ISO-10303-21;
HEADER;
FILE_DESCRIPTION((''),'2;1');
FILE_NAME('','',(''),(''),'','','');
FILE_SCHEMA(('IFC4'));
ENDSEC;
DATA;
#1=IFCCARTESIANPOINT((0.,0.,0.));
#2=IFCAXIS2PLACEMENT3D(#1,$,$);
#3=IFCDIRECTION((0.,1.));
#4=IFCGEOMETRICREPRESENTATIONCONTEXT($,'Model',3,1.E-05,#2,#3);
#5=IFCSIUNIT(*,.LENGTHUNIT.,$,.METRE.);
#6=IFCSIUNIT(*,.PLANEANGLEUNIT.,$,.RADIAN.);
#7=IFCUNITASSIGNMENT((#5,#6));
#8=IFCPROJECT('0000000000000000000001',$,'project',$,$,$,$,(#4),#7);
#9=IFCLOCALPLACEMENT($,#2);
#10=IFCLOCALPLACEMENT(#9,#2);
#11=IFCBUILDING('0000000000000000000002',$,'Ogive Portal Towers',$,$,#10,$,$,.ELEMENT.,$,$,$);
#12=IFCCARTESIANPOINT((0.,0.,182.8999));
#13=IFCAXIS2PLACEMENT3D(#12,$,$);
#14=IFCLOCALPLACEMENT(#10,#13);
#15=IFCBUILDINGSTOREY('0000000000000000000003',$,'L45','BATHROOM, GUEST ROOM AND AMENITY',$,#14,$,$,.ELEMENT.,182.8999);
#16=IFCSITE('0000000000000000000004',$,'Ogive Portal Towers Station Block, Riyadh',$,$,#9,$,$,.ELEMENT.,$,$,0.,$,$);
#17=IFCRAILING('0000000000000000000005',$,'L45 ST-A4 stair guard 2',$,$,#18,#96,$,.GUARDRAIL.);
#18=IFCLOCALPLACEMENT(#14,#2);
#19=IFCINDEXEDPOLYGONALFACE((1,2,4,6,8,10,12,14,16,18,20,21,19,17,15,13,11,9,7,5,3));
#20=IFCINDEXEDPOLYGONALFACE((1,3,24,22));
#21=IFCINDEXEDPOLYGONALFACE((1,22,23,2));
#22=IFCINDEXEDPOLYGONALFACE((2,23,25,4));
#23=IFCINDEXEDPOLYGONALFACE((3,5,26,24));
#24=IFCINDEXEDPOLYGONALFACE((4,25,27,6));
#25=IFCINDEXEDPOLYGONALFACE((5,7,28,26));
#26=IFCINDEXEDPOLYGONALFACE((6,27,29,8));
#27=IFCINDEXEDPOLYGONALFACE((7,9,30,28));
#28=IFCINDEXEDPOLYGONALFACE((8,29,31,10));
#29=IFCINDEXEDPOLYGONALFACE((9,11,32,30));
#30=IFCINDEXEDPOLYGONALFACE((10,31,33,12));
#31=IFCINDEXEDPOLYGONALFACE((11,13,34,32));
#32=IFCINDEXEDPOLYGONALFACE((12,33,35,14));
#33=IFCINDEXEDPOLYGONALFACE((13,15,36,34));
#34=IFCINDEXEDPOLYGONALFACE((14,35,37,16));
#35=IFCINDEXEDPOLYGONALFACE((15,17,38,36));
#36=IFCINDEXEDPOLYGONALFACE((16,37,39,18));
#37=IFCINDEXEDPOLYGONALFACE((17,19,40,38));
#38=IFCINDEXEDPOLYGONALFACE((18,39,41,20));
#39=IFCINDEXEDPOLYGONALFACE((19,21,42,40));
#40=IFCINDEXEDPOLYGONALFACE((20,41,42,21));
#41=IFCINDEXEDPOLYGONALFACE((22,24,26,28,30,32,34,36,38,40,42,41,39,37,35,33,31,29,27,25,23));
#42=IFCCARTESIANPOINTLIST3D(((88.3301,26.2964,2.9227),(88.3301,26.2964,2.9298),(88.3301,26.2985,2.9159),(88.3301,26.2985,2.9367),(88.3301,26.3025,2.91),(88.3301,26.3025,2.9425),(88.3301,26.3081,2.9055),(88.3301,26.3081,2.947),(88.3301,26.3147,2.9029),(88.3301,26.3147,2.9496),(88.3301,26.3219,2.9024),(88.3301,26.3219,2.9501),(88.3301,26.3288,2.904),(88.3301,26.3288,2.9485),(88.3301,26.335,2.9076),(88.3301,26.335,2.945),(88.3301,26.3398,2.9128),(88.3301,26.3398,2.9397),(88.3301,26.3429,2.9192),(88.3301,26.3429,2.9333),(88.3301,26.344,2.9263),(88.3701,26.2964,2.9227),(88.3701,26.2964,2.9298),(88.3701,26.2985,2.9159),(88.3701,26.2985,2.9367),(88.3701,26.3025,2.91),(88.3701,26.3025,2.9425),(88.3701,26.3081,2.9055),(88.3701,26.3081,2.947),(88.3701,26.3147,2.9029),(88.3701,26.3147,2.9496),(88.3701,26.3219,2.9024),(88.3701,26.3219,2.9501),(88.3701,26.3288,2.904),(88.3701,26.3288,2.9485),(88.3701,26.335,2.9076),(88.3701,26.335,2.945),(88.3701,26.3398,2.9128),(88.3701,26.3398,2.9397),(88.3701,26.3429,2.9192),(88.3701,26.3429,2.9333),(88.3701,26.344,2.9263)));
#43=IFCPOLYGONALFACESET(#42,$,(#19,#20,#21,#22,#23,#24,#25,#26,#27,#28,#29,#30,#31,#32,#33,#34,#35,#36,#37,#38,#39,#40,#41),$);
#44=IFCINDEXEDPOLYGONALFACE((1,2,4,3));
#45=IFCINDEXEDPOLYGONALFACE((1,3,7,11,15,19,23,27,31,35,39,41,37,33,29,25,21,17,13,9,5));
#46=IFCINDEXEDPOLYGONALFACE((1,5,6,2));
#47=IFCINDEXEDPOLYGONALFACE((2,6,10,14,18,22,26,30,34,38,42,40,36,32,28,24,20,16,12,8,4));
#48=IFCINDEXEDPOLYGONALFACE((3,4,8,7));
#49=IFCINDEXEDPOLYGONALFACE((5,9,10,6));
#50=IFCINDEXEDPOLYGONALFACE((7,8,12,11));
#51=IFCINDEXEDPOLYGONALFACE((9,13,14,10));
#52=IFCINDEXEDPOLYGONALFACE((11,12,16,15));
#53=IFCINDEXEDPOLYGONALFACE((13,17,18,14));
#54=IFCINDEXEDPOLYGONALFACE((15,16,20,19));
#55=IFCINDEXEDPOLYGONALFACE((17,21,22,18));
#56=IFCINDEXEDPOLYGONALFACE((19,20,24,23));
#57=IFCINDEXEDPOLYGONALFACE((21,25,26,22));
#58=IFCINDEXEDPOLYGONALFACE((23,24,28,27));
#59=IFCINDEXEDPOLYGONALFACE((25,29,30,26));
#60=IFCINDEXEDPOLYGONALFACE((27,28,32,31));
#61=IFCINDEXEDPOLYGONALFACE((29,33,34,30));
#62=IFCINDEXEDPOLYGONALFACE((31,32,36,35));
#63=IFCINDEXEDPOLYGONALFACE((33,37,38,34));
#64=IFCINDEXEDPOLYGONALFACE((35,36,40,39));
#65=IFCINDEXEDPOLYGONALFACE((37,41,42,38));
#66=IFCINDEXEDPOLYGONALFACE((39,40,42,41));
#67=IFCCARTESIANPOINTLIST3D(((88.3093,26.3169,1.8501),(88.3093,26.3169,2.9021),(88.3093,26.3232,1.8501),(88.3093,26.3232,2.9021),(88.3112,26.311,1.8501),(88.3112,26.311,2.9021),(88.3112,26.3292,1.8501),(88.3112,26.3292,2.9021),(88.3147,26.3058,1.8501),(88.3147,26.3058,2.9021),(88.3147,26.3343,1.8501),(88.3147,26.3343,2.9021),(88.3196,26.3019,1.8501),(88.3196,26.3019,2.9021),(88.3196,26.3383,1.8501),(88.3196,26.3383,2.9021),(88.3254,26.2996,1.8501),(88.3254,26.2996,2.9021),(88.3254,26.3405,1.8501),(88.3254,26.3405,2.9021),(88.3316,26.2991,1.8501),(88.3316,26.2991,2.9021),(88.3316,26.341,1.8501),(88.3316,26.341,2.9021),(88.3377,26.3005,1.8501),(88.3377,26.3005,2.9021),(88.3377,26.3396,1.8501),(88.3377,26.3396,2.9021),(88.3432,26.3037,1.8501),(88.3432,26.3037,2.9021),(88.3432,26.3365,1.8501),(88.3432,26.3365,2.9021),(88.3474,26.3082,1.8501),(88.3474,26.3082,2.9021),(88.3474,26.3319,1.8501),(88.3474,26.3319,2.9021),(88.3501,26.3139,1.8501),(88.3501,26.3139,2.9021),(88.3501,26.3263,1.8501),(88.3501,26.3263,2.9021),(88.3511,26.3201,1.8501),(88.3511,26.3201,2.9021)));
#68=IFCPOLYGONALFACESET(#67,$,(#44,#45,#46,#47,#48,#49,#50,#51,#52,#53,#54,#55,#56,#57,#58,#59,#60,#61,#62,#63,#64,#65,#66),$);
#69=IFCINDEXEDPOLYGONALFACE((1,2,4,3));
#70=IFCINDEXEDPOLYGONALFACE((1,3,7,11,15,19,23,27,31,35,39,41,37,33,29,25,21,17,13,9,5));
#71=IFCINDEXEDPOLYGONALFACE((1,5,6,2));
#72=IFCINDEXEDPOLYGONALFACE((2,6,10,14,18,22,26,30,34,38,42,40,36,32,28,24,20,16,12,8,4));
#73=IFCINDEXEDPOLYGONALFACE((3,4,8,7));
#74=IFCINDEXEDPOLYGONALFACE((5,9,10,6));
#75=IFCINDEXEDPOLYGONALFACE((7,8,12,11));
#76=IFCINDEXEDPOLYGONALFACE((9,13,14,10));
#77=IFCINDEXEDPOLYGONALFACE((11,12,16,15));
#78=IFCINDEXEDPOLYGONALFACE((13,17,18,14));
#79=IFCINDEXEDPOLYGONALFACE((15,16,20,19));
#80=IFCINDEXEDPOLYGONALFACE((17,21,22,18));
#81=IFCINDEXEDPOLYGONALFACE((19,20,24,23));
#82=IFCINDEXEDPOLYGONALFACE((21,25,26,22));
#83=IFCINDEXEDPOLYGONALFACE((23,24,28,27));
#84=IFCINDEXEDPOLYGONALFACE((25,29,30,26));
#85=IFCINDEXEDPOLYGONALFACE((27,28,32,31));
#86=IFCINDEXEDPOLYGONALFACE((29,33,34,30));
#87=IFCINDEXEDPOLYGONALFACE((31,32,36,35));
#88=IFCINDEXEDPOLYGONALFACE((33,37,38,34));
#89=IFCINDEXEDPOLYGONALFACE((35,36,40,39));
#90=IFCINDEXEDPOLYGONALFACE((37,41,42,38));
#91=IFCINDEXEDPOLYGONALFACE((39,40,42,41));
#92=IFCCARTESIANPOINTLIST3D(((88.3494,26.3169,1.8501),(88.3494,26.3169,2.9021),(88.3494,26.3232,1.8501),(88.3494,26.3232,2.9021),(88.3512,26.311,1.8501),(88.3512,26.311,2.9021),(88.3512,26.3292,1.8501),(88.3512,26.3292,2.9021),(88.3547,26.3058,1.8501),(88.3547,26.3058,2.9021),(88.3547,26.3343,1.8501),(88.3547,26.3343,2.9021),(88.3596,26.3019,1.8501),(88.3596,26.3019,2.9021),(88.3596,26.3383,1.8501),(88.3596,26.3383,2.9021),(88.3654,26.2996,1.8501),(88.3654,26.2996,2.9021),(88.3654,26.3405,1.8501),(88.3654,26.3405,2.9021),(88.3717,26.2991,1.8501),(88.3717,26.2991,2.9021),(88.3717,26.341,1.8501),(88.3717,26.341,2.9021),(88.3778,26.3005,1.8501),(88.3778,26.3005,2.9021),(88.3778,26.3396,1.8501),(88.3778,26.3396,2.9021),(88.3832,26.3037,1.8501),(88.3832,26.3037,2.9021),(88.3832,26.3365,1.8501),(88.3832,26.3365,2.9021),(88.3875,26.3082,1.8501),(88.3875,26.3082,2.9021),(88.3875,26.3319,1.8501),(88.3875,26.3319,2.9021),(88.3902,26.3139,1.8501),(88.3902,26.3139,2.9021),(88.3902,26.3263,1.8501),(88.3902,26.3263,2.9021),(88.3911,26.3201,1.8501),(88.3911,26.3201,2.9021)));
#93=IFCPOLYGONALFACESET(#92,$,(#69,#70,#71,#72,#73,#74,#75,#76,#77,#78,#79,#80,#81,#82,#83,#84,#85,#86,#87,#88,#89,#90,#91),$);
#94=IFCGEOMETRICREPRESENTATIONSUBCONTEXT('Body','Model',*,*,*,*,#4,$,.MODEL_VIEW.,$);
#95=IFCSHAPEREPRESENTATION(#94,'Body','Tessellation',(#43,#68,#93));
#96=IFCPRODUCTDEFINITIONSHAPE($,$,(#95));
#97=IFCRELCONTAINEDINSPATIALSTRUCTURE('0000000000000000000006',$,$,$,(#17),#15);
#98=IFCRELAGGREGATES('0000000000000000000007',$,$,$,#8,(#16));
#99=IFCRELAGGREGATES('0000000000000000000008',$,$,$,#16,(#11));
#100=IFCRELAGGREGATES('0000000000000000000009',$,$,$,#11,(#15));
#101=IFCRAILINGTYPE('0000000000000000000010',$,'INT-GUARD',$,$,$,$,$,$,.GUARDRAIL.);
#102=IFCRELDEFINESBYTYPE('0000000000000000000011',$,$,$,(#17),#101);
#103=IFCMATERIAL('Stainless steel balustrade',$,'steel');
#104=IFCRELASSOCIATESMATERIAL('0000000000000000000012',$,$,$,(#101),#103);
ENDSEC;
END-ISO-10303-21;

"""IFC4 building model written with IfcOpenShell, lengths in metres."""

from ifc_helpers import new_model, si_unit, direction, frame, origin, origin_2d, place, context, subcontext, project, spatial, circle, extrude, material, type_object, element, save


model = new_model("IFC4")

# Units and contexts
model_context = context("Model", 3, precision=1e-05, world=origin(), true_north=direction((0.0, 1.0)))
body_context = subcontext(model_context, "Body", "Model", "MODEL_VIEW")
ifc_project = project(units=[si_unit("LENGTHUNIT", "METRE"), si_unit("PLANEANGLEUNIT", "RADIAN")], contexts=[model_context])

# Site, building, storey
site_placement = place(None, origin())
site = spatial("IfcSite", under=ifc_project, at=site_placement, Name="Ogive Portal Towers Station Block, Riyadh", CompositionType="ELEMENT", RefElevation=0.0)
building_placement = place(site_placement, origin())
building = spatial("IfcBuilding", under=site, at=building_placement, Name="Ogive Portal Towers", CompositionType="ELEMENT")
storey_placement = place(building_placement, frame((0.0, 0.0, 182.8999)))
storey = spatial("IfcBuildingStorey", under=building, at=storey_placement, Name="L45", Description="BATHROOM, GUEST ROOM AND AMENITY", CompositionType="ELEMENT", Elevation=182.8999)

# Railing
ifc_material_1 = material(Name="Stainless steel balustrade", Category="steel")
railing_type_1 = type_object("IfcRailingType", Name="INT-GUARD", PredefinedType="GUARDRAIL", material=ifc_material_1)
railing_1_placement = place(storey_placement, frame((88.3301, 26.3201, 1.8501)))
element("IfcRailing", 1, at=railing_1_placement, inside=storey, type_object=railing_type_1, Name="L45 ST-A4 stair guard 2", PredefinedType="GUARDRAIL", context=body_context, shape_type="SweptSolid", body=[
    extrude(circle(Radius=0.0239, at=origin_2d()), frame((0.0, 0.0, 1.0762), z_axis=(1.0, 0.0, 0.0), x_axis=(0.0, 1.0, 0.0)), (0.0, 0.0, 1.0), 0.04),
    extrude(circle(Radius=0.021, at=origin_2d()), origin(), (0.0, 0.0, 1.0), 1.052),
    extrude(circle(Radius=0.021, at=origin_2d()), frame((0.04, 0.0, 0.0)), (0.0, 0.0, 1.0), 1.052),
])

save(model, "model.ifc")
